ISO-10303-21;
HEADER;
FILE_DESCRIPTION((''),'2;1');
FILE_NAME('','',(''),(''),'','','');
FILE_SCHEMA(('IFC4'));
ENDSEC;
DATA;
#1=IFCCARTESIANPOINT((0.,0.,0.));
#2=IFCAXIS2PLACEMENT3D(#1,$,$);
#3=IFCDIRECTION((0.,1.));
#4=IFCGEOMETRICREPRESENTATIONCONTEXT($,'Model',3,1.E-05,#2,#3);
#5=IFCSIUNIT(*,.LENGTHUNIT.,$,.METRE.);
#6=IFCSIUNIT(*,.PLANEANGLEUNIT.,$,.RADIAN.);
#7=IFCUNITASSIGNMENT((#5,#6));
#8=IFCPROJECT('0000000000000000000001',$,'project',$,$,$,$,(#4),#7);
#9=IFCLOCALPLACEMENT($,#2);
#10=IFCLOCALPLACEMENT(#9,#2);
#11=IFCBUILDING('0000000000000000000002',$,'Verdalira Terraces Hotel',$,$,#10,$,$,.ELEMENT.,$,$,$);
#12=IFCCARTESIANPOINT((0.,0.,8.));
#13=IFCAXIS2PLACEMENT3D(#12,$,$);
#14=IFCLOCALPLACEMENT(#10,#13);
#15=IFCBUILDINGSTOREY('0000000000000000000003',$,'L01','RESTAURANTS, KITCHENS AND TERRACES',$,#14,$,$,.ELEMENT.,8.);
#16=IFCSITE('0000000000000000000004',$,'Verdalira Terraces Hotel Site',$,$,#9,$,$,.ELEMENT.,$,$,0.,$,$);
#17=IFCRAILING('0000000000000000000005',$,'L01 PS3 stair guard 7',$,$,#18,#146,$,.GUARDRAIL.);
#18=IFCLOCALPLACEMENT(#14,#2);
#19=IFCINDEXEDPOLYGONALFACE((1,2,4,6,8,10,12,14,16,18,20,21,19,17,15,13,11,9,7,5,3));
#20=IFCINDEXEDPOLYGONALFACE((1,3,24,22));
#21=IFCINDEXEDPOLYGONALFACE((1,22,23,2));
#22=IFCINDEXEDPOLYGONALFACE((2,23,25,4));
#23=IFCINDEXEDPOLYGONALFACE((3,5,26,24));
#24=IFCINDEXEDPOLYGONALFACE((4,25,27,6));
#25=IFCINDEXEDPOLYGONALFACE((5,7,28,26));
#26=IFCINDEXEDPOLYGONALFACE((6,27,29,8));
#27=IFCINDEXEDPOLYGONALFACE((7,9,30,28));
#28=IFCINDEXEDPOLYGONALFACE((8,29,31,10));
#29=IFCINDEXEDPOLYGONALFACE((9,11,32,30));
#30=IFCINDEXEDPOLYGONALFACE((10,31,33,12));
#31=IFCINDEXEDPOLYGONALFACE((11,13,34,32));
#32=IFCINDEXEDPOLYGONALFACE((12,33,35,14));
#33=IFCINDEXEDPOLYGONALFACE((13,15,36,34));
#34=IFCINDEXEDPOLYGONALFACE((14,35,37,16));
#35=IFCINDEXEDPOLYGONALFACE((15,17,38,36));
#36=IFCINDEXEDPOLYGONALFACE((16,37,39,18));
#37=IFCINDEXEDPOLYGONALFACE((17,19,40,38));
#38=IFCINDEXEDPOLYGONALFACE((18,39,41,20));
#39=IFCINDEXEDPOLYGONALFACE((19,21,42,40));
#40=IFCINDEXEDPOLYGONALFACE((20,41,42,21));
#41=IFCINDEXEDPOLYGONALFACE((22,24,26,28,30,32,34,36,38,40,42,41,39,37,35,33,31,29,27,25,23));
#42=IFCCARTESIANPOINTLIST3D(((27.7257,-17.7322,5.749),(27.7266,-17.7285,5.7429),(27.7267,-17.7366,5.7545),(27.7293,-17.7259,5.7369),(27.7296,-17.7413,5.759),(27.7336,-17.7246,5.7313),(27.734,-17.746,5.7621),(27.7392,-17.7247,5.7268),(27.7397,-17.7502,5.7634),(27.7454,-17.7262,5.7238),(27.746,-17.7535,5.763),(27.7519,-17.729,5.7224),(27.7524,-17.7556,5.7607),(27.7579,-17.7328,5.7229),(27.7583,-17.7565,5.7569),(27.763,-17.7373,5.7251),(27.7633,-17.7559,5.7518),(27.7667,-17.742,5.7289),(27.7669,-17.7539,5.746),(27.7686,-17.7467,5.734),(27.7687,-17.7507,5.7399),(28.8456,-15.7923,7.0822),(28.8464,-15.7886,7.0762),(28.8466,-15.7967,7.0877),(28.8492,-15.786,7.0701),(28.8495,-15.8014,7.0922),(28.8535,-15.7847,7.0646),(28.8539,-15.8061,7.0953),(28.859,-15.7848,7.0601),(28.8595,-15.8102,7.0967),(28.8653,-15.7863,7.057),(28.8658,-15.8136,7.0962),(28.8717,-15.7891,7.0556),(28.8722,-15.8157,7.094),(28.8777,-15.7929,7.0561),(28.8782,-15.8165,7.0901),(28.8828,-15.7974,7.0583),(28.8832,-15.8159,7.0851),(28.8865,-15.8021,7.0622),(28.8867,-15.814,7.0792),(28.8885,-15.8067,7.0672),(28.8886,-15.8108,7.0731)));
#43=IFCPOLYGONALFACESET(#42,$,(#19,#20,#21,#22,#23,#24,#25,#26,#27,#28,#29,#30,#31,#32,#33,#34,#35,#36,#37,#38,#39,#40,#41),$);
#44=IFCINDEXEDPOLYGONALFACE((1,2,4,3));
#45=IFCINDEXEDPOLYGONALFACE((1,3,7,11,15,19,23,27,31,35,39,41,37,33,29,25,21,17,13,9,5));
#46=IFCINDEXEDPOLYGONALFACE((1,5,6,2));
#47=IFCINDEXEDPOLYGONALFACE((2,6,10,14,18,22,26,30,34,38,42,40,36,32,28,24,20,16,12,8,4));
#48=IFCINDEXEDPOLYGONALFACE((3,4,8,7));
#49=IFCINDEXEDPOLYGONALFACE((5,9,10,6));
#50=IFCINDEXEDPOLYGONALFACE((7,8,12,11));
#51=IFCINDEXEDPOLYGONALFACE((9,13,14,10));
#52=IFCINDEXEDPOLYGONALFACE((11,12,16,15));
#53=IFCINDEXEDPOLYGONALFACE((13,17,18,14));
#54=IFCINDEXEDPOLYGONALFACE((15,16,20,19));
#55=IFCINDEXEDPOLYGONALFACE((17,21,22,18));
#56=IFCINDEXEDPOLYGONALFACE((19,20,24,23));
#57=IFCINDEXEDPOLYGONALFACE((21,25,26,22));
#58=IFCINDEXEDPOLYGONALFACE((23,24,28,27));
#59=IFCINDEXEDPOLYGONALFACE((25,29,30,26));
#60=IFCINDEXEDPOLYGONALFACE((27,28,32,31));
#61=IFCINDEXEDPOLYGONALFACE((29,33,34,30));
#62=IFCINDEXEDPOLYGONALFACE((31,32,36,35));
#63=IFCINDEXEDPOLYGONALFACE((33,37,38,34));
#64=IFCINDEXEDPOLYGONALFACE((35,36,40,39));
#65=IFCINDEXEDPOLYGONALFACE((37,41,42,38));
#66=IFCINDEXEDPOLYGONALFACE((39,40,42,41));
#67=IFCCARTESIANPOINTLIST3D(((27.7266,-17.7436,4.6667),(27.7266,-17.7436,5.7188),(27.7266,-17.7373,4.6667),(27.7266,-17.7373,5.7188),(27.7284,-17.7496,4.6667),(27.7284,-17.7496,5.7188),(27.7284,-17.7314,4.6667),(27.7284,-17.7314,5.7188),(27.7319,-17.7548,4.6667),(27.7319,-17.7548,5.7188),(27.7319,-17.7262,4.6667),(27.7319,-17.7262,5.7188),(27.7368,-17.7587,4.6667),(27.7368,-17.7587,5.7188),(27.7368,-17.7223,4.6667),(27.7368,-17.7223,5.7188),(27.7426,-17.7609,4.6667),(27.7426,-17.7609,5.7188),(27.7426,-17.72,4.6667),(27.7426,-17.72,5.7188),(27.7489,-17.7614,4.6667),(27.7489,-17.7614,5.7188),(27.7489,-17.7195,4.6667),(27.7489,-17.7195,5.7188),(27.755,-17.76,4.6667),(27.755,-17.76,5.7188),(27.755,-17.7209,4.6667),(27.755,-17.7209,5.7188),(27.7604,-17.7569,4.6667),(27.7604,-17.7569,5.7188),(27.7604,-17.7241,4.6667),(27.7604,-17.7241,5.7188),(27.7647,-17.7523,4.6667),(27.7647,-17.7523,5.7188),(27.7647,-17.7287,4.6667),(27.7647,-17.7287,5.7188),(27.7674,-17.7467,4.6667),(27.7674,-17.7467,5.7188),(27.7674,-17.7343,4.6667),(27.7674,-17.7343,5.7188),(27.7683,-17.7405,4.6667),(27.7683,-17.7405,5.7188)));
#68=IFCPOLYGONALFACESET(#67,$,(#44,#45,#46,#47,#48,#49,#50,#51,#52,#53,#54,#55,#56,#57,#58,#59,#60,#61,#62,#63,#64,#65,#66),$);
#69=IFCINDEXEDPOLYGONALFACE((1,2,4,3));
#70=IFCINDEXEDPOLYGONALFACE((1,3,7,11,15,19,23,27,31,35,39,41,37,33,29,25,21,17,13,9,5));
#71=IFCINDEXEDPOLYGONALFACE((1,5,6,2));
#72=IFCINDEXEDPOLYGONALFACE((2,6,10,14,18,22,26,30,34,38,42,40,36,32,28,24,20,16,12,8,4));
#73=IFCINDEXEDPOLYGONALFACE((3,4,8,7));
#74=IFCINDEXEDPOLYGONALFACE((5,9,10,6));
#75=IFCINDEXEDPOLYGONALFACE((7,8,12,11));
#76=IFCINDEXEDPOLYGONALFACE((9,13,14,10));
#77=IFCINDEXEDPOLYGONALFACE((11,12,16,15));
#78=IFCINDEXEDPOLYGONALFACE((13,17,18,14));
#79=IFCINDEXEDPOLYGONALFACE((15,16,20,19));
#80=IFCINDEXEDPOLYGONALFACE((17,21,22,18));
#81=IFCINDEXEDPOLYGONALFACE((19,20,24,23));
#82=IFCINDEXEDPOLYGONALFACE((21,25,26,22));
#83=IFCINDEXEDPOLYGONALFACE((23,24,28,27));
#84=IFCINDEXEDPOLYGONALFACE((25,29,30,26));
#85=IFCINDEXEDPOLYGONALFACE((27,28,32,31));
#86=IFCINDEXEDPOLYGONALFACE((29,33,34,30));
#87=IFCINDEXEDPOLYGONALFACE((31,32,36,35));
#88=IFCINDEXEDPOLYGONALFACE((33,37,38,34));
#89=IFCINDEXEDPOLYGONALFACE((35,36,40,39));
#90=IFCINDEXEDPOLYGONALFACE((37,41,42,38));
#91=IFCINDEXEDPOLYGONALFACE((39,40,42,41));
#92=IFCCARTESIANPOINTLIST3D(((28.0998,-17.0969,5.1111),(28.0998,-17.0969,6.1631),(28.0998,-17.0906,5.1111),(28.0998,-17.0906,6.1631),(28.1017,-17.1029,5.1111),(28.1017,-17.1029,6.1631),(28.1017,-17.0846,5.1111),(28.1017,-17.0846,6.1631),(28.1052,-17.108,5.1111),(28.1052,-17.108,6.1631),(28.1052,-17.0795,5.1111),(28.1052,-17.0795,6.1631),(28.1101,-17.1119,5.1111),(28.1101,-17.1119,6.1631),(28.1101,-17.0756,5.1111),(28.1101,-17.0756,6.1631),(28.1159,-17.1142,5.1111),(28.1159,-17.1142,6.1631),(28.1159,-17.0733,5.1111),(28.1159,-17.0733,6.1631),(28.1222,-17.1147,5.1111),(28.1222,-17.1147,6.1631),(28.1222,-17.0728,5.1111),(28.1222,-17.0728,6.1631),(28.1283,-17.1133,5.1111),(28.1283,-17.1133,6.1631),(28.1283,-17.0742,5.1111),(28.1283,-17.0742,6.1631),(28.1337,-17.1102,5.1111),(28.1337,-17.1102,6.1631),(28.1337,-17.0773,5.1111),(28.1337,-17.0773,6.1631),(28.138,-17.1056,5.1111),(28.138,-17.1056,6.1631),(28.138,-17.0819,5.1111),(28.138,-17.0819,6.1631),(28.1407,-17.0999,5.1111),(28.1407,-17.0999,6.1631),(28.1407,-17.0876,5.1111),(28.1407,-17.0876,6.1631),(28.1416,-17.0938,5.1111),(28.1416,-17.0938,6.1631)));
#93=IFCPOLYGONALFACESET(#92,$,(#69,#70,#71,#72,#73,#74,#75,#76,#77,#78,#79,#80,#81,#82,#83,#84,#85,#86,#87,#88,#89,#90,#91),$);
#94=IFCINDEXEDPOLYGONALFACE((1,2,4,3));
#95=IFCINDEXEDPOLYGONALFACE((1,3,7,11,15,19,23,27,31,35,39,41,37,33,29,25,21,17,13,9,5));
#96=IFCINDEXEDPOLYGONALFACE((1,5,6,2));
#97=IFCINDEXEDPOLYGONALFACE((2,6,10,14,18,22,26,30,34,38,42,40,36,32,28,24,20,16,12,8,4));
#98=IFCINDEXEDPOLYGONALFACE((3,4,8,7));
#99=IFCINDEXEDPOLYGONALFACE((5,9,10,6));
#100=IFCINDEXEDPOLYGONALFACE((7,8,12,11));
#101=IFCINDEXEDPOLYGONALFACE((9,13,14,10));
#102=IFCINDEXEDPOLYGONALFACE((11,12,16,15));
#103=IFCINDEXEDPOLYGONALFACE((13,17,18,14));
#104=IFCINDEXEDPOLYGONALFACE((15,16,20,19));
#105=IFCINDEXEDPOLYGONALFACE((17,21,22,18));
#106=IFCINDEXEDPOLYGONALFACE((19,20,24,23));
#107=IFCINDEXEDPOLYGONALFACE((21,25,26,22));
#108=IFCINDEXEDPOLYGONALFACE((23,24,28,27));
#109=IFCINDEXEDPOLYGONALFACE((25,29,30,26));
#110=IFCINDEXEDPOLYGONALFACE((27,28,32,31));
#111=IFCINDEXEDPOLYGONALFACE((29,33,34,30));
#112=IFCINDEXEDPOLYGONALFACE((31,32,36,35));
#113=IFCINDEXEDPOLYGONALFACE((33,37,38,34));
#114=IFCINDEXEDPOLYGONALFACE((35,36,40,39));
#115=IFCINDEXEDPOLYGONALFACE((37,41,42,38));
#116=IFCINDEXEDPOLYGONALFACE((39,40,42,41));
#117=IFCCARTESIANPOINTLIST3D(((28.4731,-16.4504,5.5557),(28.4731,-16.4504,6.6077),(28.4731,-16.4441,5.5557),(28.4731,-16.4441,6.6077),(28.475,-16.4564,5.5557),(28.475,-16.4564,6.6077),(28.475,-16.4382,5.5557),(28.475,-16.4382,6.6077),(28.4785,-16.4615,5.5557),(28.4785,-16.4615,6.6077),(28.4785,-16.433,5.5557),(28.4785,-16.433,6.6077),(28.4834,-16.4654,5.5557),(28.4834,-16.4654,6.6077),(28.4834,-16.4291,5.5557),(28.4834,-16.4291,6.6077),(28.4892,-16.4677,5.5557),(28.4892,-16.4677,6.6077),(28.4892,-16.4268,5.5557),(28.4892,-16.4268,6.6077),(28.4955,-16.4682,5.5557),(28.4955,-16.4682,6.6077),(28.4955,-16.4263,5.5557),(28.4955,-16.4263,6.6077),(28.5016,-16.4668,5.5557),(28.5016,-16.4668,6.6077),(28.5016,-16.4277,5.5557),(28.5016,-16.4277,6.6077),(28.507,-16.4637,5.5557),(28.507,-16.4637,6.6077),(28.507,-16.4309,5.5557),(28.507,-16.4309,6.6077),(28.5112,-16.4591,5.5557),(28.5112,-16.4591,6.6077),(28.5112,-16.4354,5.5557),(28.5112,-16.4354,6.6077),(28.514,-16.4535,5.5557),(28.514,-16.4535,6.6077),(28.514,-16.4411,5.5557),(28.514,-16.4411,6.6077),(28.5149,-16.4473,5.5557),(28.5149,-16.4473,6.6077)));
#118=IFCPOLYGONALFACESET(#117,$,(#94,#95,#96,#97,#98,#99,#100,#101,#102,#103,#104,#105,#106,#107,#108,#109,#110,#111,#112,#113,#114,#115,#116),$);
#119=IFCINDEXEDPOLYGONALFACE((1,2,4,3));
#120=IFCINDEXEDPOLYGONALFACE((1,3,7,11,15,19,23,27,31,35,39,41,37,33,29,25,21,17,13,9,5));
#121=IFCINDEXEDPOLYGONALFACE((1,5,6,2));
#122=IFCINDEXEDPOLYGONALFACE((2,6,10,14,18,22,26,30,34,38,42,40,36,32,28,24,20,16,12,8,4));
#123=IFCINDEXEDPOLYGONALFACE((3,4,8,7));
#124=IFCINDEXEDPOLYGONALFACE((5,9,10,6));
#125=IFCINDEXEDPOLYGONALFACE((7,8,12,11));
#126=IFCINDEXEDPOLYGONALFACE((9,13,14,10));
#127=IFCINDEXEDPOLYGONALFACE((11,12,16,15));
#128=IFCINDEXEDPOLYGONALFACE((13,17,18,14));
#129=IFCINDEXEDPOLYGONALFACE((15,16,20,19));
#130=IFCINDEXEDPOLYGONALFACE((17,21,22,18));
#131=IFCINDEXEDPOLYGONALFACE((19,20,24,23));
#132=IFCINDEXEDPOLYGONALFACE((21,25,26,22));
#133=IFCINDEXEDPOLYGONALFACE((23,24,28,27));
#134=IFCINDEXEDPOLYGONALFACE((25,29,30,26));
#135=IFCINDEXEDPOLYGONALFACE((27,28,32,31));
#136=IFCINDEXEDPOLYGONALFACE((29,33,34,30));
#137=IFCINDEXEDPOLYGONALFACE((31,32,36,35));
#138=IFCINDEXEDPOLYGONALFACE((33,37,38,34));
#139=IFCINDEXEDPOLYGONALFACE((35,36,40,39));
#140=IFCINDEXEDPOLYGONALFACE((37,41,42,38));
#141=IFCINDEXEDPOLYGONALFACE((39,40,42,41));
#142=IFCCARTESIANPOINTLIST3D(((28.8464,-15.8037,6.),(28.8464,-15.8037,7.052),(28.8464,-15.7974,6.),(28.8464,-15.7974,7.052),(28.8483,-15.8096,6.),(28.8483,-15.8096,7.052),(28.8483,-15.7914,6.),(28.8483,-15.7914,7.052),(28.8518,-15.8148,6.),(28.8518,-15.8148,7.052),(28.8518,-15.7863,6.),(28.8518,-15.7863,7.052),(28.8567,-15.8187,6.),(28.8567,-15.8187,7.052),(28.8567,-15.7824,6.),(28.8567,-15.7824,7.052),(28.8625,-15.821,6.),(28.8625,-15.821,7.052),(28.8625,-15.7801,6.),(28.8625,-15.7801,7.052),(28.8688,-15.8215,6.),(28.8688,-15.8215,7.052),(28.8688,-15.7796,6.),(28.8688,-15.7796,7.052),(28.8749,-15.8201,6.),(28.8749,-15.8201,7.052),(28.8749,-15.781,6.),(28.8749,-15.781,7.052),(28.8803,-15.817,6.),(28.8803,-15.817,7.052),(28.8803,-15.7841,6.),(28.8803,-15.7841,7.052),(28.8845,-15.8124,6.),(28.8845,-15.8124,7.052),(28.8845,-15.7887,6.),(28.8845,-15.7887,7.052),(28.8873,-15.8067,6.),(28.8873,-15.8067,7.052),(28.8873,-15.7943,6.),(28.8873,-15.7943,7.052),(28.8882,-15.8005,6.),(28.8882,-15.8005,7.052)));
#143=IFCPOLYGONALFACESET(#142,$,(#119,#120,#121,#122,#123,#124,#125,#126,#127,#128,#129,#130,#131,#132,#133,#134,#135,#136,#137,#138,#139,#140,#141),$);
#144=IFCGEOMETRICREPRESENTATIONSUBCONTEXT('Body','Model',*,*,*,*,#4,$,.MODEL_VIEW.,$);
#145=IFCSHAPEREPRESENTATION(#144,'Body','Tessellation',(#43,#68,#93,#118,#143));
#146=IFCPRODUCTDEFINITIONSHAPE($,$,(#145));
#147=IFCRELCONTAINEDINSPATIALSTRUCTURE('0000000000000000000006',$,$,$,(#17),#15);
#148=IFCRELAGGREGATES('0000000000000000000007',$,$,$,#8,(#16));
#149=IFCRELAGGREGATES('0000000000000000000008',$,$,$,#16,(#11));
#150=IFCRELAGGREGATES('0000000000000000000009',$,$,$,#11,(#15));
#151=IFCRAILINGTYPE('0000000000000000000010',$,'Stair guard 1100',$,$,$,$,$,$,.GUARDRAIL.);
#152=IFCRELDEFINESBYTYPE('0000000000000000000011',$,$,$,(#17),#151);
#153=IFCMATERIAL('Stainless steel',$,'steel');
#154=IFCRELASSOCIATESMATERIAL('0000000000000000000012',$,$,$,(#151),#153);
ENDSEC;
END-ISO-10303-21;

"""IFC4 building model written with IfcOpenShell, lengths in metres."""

from ifc_helpers import new_model, si_unit, direction, frame, origin, origin_2d, place, context, subcontext, project, spatial, circle, extrude, material, type_object, element, save


model = new_model("IFC4")

# Units and contexts
model_context = context("Model", 3, precision=1e-05, world=origin(), true_north=direction((0.0, 1.0)))
body_context = subcontext(model_context, "Body", "Model", "MODEL_VIEW")
ifc_project = project(units=[si_unit("LENGTHUNIT", "METRE"), si_unit("PLANEANGLEUNIT", "RADIAN")], contexts=[model_context])

# Site, building, storey
site_placement = place(None, origin())
site = spatial("IfcSite", under=ifc_project, at=site_placement, Name="Verdalira Terraces Hotel Site", CompositionType="ELEMENT", RefElevation=0.0)
building_placement = place(site_placement, origin())
building = spatial("IfcBuilding", under=site, at=building_placement, Name="Verdalira Terraces Hotel", CompositionType="ELEMENT")
storey_placement = place(building_placement, frame((0.0, 0.0, 8.0)))
storey = spatial("IfcBuildingStorey", under=building, at=storey_placement, Name="L01", Description="RESTAURANTS, KITCHENS AND TERRACES", CompositionType="ELEMENT", Elevation=8.0)

# Railing
ifc_material_1 = material(Name="Stainless steel", Category="steel")
railing_type_1 = type_object("IfcRailingType", Name="Stair guard 1100", PredefinedType="GUARDRAIL", material=ifc_material_1)
railing_1_placement = place(storey_placement, frame((27.7473, -17.7405, 4.6667)))
element("IfcRailing", 1, at=railing_1_placement, inside=storey, type_object=railing_type_1, Name="L01 PS3 stair guard 7", PredefinedType="GUARDRAIL", context=body_context, shape_type="SweptSolid", body=[
    extrude(circle(Radius=0.0239, at=origin_2d()), frame((0.0, 0.0, 1.0762), z_axis=(0.429608, 0.744205, 0.511465), x_axis=(-0.866055, 0.499949, 0.0)), (0.0, 0.0, 1.0), 2.6067),
    extrude(circle(Radius=0.021, at=origin_2d()), origin(), (0.0, 0.0, 1.0), 1.052),
    extrude(circle(Radius=0.021, at=origin_2d()), frame((0.3733, 0.6467, 0.4443)), (0.0, 0.0, 1.0), 1.052),
    extrude(circle(Radius=0.021, at=origin_2d()), frame((0.7466, 1.2932, 0.8889)), (0.0, 0.0, 1.0), 1.052),
    extrude(circle(Radius=0.021, at=origin_2d()), frame((1.1199, 1.9399, 1.3333)), (0.0, 0.0, 1.0), 1.052),
])

save(model, "model.ifc")
